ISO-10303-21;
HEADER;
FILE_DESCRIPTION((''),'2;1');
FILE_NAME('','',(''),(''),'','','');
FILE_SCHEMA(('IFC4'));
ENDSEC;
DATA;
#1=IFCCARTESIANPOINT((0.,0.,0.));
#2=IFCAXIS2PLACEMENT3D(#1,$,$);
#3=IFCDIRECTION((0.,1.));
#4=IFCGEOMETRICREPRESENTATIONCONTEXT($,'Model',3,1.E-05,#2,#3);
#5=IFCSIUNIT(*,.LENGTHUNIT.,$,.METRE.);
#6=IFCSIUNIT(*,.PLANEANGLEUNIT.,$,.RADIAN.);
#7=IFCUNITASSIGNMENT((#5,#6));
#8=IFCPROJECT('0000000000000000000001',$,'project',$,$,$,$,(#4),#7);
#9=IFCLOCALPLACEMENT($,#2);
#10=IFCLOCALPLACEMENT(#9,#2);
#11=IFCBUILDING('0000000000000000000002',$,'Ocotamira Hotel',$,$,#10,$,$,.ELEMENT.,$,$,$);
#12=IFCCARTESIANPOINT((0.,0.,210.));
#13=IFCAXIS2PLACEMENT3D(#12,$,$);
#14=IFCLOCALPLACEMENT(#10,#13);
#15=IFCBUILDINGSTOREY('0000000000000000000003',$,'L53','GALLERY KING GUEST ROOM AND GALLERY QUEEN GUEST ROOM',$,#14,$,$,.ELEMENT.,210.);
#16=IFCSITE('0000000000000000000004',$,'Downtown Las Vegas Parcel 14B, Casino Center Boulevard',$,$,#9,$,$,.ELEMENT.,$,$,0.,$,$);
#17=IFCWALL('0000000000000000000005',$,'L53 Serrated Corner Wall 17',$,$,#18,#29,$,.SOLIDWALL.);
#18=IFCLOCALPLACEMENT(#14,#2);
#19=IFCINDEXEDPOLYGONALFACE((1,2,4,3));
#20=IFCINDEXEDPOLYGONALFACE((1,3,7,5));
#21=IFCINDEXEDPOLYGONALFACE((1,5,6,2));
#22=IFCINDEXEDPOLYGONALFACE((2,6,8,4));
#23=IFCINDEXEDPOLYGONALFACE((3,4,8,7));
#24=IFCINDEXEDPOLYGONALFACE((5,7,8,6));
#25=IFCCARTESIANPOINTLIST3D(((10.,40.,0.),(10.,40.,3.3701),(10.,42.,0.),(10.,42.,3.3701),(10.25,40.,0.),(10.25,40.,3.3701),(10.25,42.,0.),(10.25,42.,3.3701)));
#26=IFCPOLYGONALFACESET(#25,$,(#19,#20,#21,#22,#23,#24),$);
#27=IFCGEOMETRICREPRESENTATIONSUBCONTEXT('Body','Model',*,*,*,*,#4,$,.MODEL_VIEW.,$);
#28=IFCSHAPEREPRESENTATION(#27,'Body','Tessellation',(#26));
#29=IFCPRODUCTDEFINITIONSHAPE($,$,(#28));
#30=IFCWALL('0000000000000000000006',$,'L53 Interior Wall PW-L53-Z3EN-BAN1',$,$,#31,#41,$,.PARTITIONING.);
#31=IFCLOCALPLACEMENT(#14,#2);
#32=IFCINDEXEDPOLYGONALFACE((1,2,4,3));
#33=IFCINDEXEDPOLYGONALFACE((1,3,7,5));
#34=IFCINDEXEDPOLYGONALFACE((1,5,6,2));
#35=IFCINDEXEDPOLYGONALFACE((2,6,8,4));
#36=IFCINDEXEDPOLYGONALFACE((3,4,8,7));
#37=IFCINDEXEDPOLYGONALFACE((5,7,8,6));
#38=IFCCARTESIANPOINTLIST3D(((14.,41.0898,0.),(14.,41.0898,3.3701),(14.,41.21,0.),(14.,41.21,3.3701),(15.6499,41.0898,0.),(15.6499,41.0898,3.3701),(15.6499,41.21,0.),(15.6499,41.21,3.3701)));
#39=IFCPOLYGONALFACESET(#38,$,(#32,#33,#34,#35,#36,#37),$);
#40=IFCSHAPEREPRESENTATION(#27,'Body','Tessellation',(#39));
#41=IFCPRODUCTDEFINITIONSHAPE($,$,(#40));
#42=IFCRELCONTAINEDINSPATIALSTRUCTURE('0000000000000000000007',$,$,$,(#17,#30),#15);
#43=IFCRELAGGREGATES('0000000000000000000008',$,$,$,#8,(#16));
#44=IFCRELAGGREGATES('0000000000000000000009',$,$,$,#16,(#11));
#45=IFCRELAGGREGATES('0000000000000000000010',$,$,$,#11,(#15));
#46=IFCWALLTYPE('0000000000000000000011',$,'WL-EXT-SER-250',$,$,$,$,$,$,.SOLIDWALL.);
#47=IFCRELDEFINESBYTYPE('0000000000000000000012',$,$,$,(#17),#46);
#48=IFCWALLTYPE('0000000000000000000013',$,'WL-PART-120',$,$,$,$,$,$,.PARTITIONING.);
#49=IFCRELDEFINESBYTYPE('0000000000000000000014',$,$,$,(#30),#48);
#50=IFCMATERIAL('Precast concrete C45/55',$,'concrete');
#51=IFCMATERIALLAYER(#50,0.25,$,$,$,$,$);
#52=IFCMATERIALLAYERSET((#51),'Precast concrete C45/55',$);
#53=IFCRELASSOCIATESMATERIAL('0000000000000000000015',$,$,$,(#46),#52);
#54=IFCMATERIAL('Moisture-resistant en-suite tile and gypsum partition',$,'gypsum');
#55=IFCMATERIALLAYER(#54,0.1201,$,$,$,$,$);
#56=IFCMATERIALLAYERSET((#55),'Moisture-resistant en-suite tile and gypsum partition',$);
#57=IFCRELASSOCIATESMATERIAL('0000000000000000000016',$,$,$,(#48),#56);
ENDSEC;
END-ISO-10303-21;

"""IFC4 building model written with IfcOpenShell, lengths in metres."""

from ifc_helpers import new_model, si_unit, direction, frame, frame_2d, origin, place, context, subcontext, project, spatial, rectangle, extrude, material, layer, layer_set, type_object, element, save


model = new_model("IFC4")

# Units and contexts
model_context = context("Model", 3, precision=1e-05, world=origin(), true_north=direction((0.0, 1.0)))
body_context = subcontext(model_context, "Body", "Model", "MODEL_VIEW")
ifc_project = project(units=[si_unit("LENGTHUNIT", "METRE"), si_unit("PLANEANGLEUNIT", "RADIAN")], contexts=[model_context])

# Site, building, storey
site_placement = place(None, origin())
site = spatial("IfcSite", under=ifc_project, at=site_placement, Name="Downtown Las Vegas Parcel 14B, Casino Center Boulevard", CompositionType="ELEMENT", RefElevation=0.0)
building_placement = place(site_placement, origin())
building = spatial("IfcBuilding", under=site, at=building_placement, Name="Ocotamira Hotel", CompositionType="ELEMENT")
storey_placement = place(building_placement, frame((0.0, 0.0, 210.0)))
storey = spatial("IfcBuildingStorey", under=building, at=storey_placement, Name="L53", Description="GALLERY KING GUEST ROOM AND GALLERY QUEEN GUEST ROOM", CompositionType="ELEMENT", Elevation=210.0)

# Shared definitions
ifc_material_1 = material(Name="Precast concrete C45/55", Category="concrete")
ifc_layer_1 = layer(ifc_material_1, 0.25)
ifc_layer_set_1 = layer_set([ifc_layer_1], Name="Precast concrete C45/55")
wall_type_1 = type_object("IfcWallType", Name="WL-EXT-SER-250", PredefinedType="SOLIDWALL", material=ifc_layer_set_1)

# Walls
for number, where, z_axis, x_axis, name in (
    (1, (10.125, 42.0, 0.0), (0.0, 0.0, 1.0), (0.0, -1.0, 0.0), "L53 Serrated Corner Wall 17"),
):
    element("IfcWall", number, at=place(storey_placement, frame(where, z_axis=z_axis, x_axis=x_axis)), inside=storey, type_object=wall_type_1, Name=name, PredefinedType="SOLIDWALL", context=body_context, shape_type="SweptSolid", body=[
        extrude(rectangle(XDim=2.0, YDim=0.25, at=frame_2d((1.0, 0.0))), origin(), (0.0, 0.0, 1.0), 3.3701),
    ])
ifc_material_2 = material(Name="Moisture-resistant en-suite tile and gypsum partition", Category="gypsum")
ifc_layer_2 = layer(ifc_material_2, 0.1201)
ifc_layer_set_2 = layer_set([ifc_layer_2], Name="Moisture-resistant en-suite tile and gypsum partition")
wall_type_2 = type_object("IfcWallType", Name="WL-PART-120", PredefinedType="PARTITIONING", material=ifc_layer_set_2)
wall_1_placement = place(storey_placement, frame((14.0, 41.1499, 0.0), z_axis=(0.0, 0.0, 1.0), x_axis=(1.0, 0.0, 0.0)))
element("IfcWall", 2, at=wall_1_placement, inside=storey, type_object=wall_type_2, Name="L53 Interior Wall PW-L53-Z3EN-BAN1", PredefinedType="PARTITIONING", context=body_context, shape_type="SweptSolid", body=[
    extrude(rectangle(XDim=1.6499, YDim=0.1201, at=frame_2d((0.825, 0.0))), origin(), (0.0, 0.0, 1.0), 3.3701),
])

save(model, "model.ifc")
